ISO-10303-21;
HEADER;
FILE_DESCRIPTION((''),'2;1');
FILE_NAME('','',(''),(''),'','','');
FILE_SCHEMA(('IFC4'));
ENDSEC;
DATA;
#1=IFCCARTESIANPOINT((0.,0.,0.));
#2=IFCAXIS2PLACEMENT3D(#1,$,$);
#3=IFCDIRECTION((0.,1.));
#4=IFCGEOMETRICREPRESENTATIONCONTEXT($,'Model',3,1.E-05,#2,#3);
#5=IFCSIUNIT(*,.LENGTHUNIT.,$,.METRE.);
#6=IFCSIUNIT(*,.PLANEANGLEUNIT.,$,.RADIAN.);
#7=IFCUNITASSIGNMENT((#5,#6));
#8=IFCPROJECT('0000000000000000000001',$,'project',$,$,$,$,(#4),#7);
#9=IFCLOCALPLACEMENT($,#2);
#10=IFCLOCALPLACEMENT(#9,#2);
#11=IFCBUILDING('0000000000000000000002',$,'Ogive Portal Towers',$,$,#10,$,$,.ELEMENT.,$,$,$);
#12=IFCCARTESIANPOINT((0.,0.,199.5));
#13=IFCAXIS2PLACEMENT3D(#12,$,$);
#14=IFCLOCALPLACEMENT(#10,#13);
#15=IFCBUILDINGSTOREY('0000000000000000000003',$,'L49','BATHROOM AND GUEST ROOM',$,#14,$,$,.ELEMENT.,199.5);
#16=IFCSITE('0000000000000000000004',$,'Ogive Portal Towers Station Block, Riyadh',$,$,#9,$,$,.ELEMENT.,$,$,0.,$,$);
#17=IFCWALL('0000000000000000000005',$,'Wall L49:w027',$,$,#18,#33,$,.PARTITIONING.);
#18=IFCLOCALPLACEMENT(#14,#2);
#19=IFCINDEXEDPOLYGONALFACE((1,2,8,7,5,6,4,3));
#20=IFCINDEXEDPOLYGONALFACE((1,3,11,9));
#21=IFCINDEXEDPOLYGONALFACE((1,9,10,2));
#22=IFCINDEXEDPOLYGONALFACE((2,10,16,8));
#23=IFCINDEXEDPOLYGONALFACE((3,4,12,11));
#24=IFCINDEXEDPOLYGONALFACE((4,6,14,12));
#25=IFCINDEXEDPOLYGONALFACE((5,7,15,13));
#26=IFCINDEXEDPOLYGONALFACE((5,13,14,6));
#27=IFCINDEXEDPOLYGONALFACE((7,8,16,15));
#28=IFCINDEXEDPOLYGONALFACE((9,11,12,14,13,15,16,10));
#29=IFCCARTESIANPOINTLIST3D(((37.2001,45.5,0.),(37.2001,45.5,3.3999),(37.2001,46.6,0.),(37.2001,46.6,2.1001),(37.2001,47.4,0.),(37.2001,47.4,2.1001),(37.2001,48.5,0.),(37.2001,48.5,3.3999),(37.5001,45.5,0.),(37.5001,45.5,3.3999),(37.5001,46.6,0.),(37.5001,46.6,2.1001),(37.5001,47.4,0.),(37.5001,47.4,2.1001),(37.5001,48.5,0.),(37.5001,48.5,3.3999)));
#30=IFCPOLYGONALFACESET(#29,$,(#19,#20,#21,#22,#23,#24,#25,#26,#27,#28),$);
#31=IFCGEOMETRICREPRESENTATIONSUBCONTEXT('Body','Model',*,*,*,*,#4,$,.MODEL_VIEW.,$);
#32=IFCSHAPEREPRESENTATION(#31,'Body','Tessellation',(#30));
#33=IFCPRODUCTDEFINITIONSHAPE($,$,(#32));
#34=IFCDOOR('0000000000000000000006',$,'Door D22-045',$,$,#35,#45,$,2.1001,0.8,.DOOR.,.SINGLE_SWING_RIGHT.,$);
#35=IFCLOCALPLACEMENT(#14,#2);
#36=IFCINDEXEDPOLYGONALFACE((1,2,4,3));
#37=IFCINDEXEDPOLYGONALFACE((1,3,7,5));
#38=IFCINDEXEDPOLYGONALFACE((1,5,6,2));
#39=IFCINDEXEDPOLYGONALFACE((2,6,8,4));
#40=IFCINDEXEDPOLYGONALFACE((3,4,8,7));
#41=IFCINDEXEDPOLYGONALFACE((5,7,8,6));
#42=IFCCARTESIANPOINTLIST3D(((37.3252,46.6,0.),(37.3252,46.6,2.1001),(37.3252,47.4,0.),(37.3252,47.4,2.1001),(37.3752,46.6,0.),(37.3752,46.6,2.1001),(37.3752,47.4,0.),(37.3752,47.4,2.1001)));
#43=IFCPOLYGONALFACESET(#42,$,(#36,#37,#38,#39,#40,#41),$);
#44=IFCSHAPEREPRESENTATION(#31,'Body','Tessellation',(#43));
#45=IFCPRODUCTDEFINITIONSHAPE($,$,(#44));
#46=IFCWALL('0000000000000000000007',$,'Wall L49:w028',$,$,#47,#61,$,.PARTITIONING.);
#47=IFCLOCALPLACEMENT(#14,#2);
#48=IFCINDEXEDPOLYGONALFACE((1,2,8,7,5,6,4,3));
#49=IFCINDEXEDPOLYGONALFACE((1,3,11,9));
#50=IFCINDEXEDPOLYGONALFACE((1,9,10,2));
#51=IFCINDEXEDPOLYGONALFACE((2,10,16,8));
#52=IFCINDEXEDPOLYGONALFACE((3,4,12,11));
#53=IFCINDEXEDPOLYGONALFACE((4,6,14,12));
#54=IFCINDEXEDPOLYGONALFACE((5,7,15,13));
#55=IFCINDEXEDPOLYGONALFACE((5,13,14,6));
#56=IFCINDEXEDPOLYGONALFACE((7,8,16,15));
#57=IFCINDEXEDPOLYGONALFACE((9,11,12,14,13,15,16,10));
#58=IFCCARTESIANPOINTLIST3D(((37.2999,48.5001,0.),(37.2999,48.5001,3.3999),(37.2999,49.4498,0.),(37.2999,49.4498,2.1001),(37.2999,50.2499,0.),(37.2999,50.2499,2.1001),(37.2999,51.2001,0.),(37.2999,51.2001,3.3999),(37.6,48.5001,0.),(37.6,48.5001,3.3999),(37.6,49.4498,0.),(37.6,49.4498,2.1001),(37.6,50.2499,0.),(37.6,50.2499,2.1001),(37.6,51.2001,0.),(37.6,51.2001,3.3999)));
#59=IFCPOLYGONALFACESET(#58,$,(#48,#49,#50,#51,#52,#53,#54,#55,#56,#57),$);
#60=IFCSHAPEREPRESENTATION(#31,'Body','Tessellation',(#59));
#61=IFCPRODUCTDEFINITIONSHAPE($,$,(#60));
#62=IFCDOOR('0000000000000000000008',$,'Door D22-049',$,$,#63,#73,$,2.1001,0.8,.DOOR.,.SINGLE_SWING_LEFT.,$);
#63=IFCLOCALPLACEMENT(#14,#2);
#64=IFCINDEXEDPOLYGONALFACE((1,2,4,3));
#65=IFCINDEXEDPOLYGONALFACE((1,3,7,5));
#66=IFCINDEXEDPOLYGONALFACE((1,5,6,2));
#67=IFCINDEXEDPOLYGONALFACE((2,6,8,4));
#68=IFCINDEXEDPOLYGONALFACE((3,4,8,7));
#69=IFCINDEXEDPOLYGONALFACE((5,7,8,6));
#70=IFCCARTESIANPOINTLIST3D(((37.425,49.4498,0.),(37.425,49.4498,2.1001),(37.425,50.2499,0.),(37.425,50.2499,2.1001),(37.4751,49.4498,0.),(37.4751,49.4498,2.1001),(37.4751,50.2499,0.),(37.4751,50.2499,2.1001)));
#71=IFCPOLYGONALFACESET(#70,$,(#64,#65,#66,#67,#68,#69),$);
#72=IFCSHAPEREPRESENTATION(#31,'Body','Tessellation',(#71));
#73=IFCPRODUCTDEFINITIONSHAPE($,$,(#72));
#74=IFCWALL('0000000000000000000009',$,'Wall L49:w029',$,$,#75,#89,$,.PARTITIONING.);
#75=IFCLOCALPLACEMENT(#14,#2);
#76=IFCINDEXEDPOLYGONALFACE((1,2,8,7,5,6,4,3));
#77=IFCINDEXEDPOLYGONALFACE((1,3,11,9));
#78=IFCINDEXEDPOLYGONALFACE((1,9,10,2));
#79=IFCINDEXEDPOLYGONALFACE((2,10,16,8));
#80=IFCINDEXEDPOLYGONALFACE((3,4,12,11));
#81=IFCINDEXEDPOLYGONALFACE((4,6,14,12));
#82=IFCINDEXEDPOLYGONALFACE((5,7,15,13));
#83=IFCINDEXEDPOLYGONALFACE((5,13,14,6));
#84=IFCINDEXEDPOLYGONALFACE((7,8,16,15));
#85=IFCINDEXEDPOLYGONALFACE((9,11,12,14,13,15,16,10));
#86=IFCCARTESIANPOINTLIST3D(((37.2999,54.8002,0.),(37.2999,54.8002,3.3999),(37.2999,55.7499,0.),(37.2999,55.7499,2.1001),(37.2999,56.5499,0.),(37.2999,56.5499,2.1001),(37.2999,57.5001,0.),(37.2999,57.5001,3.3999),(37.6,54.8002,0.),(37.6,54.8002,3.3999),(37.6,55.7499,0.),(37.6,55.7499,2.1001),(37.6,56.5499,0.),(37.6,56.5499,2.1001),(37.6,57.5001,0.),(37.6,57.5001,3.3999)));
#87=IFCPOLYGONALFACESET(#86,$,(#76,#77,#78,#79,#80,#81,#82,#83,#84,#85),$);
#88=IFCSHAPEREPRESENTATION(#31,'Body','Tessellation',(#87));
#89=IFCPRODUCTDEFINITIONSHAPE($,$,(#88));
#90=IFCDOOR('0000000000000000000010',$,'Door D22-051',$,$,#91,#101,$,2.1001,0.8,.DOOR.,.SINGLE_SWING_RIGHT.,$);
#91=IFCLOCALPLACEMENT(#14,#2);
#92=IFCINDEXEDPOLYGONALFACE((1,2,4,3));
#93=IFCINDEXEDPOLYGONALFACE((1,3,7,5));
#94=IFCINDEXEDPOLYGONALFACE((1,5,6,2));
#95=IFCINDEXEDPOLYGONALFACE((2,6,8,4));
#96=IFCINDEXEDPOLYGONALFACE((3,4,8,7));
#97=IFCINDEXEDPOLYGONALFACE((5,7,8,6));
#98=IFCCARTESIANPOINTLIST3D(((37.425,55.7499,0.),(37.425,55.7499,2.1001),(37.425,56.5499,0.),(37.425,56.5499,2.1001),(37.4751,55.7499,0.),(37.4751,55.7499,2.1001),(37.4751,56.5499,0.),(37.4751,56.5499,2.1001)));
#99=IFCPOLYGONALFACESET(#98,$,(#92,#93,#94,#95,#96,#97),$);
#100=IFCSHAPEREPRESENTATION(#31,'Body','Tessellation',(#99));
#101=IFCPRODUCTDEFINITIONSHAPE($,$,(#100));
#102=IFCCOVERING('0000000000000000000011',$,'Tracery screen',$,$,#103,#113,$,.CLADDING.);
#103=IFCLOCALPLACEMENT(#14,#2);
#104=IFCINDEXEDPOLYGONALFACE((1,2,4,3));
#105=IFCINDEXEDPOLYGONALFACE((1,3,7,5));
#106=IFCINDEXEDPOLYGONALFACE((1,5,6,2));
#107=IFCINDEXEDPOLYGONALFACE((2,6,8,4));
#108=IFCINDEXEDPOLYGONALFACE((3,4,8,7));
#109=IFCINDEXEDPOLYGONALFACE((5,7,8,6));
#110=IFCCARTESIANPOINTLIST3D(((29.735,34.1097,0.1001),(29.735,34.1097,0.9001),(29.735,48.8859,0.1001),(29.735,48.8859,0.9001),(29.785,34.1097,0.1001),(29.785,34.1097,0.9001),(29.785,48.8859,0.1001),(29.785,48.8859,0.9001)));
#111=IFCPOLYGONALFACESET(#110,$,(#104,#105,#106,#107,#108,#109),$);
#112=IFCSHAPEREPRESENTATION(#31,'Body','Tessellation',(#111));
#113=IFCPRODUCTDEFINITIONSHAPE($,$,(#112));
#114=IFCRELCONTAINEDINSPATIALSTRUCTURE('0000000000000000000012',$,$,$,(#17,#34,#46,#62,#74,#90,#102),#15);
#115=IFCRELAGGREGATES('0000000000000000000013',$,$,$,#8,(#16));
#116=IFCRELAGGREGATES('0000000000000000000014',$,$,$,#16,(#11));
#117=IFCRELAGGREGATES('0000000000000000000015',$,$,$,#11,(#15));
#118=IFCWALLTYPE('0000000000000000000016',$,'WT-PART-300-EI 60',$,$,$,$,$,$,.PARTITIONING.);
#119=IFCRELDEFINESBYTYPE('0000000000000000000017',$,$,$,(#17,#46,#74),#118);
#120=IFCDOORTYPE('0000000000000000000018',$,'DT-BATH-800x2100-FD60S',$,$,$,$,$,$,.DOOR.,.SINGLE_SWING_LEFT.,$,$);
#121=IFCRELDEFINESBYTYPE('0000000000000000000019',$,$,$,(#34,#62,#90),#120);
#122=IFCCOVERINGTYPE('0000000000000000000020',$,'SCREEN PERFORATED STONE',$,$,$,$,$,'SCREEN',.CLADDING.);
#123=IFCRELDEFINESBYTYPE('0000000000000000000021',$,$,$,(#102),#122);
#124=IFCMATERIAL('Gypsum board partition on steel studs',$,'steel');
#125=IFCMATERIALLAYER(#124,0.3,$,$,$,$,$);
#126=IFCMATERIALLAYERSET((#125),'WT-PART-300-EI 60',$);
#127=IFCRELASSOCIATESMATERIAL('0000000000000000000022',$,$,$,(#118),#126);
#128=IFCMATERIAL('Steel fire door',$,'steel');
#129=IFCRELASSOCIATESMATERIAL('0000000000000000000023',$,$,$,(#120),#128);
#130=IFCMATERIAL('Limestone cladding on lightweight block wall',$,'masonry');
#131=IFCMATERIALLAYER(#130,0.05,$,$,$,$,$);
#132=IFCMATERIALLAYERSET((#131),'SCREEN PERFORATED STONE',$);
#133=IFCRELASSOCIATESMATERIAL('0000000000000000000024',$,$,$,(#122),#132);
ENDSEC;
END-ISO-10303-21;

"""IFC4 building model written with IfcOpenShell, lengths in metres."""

from ifc_helpers import new_model, si_unit, direction, frame, frame_2d, origin, origin_2d, place, context, subcontext, project, spatial, rectangle, extrude, material, layer, layer_set, type_object, element, fill, save


model = new_model("IFC4")

# Units and contexts
model_context = context("Model", 3, precision=1e-05, world=origin(), true_north=direction((0.0, 1.0)))
body_context = subcontext(model_context, "Body", "Model", "MODEL_VIEW")
ifc_project = project(units=[si_unit("LENGTHUNIT", "METRE"), si_unit("PLANEANGLEUNIT", "RADIAN")], contexts=[model_context])

# Site, building, storey
site_placement = place(None, origin())
site = spatial("IfcSite", under=ifc_project, at=site_placement, Name="Ogive Portal Towers Station Block, Riyadh", CompositionType="ELEMENT", RefElevation=0.0)
building_placement = place(site_placement, origin())
building = spatial("IfcBuilding", under=site, at=building_placement, Name="Ogive Portal Towers", CompositionType="ELEMENT")
storey_placement = place(building_placement, frame((0.0, 0.0, 199.5)))
storey = spatial("IfcBuildingStorey", under=building, at=storey_placement, Name="L49", Description="BATHROOM AND GUEST ROOM", CompositionType="ELEMENT", Elevation=199.5)

# Shared definitions
ifc_material_1 = material(Name="Limestone cladding on lightweight block wall", Category="masonry")

# Shared definitions
ifc_material_2 = material(Name="Gypsum board partition on steel studs", Category="steel")
ifc_layer_1 = layer(ifc_material_2, 0.3)
ifc_layer_set_1 = layer_set([ifc_layer_1], Name="WT-PART-300-EI 60")
wall_type_1 = type_object("IfcWallType", Name="WT-PART-300-EI 60", PredefinedType="PARTITIONING", material=ifc_layer_set_1)

# Walls, openings, doors
wall_1_placement = place(storey_placement, frame((37.3501, 45.5, 0.0), z_axis=(0.0, 0.0, 1.0), x_axis=(0.0, 1.0, 0.0)))
wall_1 = element("IfcWall", 1, at=wall_1_placement, inside=storey, type_object=wall_type_1, Name="Wall L49:w027", PredefinedType="PARTITIONING", context=body_context, shape_type="SweptSolid", body=[
    extrude(rectangle(XDim=3.0, YDim=0.3, at=frame_2d((1.5, 0.0))), origin(), (0.0, 0.0, 1.0), 3.3999),
])
opening_1_placement = place(wall_1_placement, frame((1.1001, 0.0, 0.0)))
opening_1 = element("IfcOpeningElement", 2, at=opening_1_placement, cuts=wall_1, PredefinedType="OPENING", context=body_context, shape_type="SweptSolid", body=[
    extrude(rectangle(XDim=0.8, YDim=2.1001, at=frame_2d((0.3999, 1.05))), frame((0.0, 0.1602, 0.0), z_axis=(0.0, -1.0, 0.0), x_axis=(1.0, 0.0, 0.0)), (0.0, 0.0, 1.0), 0.3201),
])
ifc_material_3 = material(Name="Steel fire door", Category="steel")
door_type = type_object("IfcDoorType", Name="DT-BATH-800x2100-FD60S", OperationType="SINGLE_SWING_LEFT", PredefinedType="DOOR", material=ifc_material_3)
door_1_placement = place(opening_1_placement, origin())
door_1 = element("IfcDoor", 3, at=door_1_placement, inside=storey, type_object=door_type, Name="Door D22-045", OperationType="SINGLE_SWING_RIGHT", OverallHeight=2.1001, OverallWidth=0.8, PredefinedType="DOOR", context=body_context, shape_type="SweptSolid", body=[
    extrude(rectangle(XDim=0.8, YDim=2.1001, at=frame_2d((0.3999, 1.05))), frame((0.0, 0.0249, 0.0), z_axis=(0.0, -1.0, 0.0), x_axis=(1.0, 0.0, 0.0)), (0.0, 0.0, 1.0), 0.05),
])
fill(opening_1, door_1)
wall_2_placement = place(storey_placement, frame((37.45, 48.5, 0.0), z_axis=(0.0, 0.0, 1.0), x_axis=(0.0, 1.0, 0.0)))
wall_2 = element("IfcWall", 4, at=wall_2_placement, inside=storey, type_object=wall_type_1, Name="Wall L49:w028", PredefinedType="PARTITIONING", context=body_context, shape_type="SweptSolid", body=[
    extrude(rectangle(XDim=2.7, YDim=0.3, at=frame_2d((1.3501, 0.0))), origin(), (0.0, 0.0, 1.0), 3.3999),
])
opening_2_placement = place(wall_2_placement, frame((0.95, 0.0, 0.0)))
opening_2 = element("IfcOpeningElement", 5, at=opening_2_placement, cuts=wall_2, PredefinedType="OPENING", context=body_context, shape_type="SweptSolid", body=[
    extrude(rectangle(XDim=0.8, YDim=2.1001, at=frame_2d((0.3999, 1.05))), frame((0.0, 0.1602, 0.0), z_axis=(0.0, -1.0, 0.0), x_axis=(1.0, 0.0, 0.0)), (0.0, 0.0, 1.0), 0.3201),
])
door_2_placement = place(opening_2_placement, origin())
door_2 = element("IfcDoor", 6, at=door_2_placement, inside=storey, type_object=door_type, Name="Door D22-049", OperationType="SINGLE_SWING_LEFT", OverallHeight=2.1001, OverallWidth=0.8, PredefinedType="DOOR", context=body_context, shape_type="SweptSolid", body=[
    extrude(rectangle(XDim=0.8, YDim=2.1001, at=frame_2d((0.3999, 1.05))), frame((0.0, 0.0249, 0.0), z_axis=(0.0, -1.0, 0.0), x_axis=(1.0, 0.0, 0.0)), (0.0, 0.0, 1.0), 0.05),
])
fill(opening_2, door_2)
wall_3_placement = place(storey_placement, frame((37.45, 54.8, 0.0), z_axis=(0.0, 0.0, 1.0), x_axis=(0.0, 1.0, 0.0)))
wall_3 = element("IfcWall", 7, at=wall_3_placement, inside=storey, type_object=wall_type_1, Name="Wall L49:w029", PredefinedType="PARTITIONING", context=body_context, shape_type="SweptSolid", body=[
    extrude(rectangle(XDim=2.7, YDim=0.3, at=frame_2d((1.3501, 0.0))), origin(), (0.0, 0.0, 1.0), 3.3999),
])
opening_3_placement = place(wall_3_placement, frame((0.95, 0.0, 0.0)))
opening_3 = element("IfcOpeningElement", 8, at=opening_3_placement, cuts=wall_3, PredefinedType="OPENING", context=body_context, shape_type="SweptSolid", body=[
    extrude(rectangle(XDim=0.8, YDim=2.1001, at=frame_2d((0.3999, 1.05))), frame((0.0, 0.1602, 0.0), z_axis=(0.0, -1.0, 0.0), x_axis=(1.0, 0.0, 0.0)), (0.0, 0.0, 1.0), 0.3201),
])
door_3_placement = place(opening_3_placement, origin())
door_3 = element("IfcDoor", 9, at=door_3_placement, inside=storey, type_object=door_type, Name="Door D22-051", OperationType="SINGLE_SWING_RIGHT", OverallHeight=2.1001, OverallWidth=0.8, PredefinedType="DOOR", context=body_context, shape_type="SweptSolid", body=[
    extrude(rectangle(XDim=0.8, YDim=2.1001, at=frame_2d((0.3999, 1.05))), frame((0.0, 0.0249, 0.0), z_axis=(0.0, -1.0, 0.0), x_axis=(1.0, 0.0, 0.0)), (0.0, 0.0, 1.0), 0.05),
])
fill(opening_3, door_3)

# Covering
ifc_layer_2 = layer(ifc_material_1, 0.05)
ifc_layer_set_2 = layer_set([ifc_layer_2], Name="SCREEN PERFORATED STONE")
covering_type = type_object("IfcCoveringType", Name="SCREEN PERFORATED STONE", ElementType="SCREEN", PredefinedType="CLADDING", material=ifc_layer_set_2)
covering_placement = place(storey_placement, frame((29.76, 41.4978, 0.1001), z_axis=(0.0, 0.0, 1.0), x_axis=(0.0, -1.0, 0.0)))
element("IfcCovering", 10, at=covering_placement, inside=storey, type_object=covering_type, Name="Tracery screen", PredefinedType="CLADDING", context=body_context, shape_type="SweptSolid", body=[
    extrude(rectangle(XDim=14.7761, YDim=0.05, at=origin_2d()), origin(), (0.0, 0.0, 1.0), 0.8),
])

save(model, "model.ifc")
